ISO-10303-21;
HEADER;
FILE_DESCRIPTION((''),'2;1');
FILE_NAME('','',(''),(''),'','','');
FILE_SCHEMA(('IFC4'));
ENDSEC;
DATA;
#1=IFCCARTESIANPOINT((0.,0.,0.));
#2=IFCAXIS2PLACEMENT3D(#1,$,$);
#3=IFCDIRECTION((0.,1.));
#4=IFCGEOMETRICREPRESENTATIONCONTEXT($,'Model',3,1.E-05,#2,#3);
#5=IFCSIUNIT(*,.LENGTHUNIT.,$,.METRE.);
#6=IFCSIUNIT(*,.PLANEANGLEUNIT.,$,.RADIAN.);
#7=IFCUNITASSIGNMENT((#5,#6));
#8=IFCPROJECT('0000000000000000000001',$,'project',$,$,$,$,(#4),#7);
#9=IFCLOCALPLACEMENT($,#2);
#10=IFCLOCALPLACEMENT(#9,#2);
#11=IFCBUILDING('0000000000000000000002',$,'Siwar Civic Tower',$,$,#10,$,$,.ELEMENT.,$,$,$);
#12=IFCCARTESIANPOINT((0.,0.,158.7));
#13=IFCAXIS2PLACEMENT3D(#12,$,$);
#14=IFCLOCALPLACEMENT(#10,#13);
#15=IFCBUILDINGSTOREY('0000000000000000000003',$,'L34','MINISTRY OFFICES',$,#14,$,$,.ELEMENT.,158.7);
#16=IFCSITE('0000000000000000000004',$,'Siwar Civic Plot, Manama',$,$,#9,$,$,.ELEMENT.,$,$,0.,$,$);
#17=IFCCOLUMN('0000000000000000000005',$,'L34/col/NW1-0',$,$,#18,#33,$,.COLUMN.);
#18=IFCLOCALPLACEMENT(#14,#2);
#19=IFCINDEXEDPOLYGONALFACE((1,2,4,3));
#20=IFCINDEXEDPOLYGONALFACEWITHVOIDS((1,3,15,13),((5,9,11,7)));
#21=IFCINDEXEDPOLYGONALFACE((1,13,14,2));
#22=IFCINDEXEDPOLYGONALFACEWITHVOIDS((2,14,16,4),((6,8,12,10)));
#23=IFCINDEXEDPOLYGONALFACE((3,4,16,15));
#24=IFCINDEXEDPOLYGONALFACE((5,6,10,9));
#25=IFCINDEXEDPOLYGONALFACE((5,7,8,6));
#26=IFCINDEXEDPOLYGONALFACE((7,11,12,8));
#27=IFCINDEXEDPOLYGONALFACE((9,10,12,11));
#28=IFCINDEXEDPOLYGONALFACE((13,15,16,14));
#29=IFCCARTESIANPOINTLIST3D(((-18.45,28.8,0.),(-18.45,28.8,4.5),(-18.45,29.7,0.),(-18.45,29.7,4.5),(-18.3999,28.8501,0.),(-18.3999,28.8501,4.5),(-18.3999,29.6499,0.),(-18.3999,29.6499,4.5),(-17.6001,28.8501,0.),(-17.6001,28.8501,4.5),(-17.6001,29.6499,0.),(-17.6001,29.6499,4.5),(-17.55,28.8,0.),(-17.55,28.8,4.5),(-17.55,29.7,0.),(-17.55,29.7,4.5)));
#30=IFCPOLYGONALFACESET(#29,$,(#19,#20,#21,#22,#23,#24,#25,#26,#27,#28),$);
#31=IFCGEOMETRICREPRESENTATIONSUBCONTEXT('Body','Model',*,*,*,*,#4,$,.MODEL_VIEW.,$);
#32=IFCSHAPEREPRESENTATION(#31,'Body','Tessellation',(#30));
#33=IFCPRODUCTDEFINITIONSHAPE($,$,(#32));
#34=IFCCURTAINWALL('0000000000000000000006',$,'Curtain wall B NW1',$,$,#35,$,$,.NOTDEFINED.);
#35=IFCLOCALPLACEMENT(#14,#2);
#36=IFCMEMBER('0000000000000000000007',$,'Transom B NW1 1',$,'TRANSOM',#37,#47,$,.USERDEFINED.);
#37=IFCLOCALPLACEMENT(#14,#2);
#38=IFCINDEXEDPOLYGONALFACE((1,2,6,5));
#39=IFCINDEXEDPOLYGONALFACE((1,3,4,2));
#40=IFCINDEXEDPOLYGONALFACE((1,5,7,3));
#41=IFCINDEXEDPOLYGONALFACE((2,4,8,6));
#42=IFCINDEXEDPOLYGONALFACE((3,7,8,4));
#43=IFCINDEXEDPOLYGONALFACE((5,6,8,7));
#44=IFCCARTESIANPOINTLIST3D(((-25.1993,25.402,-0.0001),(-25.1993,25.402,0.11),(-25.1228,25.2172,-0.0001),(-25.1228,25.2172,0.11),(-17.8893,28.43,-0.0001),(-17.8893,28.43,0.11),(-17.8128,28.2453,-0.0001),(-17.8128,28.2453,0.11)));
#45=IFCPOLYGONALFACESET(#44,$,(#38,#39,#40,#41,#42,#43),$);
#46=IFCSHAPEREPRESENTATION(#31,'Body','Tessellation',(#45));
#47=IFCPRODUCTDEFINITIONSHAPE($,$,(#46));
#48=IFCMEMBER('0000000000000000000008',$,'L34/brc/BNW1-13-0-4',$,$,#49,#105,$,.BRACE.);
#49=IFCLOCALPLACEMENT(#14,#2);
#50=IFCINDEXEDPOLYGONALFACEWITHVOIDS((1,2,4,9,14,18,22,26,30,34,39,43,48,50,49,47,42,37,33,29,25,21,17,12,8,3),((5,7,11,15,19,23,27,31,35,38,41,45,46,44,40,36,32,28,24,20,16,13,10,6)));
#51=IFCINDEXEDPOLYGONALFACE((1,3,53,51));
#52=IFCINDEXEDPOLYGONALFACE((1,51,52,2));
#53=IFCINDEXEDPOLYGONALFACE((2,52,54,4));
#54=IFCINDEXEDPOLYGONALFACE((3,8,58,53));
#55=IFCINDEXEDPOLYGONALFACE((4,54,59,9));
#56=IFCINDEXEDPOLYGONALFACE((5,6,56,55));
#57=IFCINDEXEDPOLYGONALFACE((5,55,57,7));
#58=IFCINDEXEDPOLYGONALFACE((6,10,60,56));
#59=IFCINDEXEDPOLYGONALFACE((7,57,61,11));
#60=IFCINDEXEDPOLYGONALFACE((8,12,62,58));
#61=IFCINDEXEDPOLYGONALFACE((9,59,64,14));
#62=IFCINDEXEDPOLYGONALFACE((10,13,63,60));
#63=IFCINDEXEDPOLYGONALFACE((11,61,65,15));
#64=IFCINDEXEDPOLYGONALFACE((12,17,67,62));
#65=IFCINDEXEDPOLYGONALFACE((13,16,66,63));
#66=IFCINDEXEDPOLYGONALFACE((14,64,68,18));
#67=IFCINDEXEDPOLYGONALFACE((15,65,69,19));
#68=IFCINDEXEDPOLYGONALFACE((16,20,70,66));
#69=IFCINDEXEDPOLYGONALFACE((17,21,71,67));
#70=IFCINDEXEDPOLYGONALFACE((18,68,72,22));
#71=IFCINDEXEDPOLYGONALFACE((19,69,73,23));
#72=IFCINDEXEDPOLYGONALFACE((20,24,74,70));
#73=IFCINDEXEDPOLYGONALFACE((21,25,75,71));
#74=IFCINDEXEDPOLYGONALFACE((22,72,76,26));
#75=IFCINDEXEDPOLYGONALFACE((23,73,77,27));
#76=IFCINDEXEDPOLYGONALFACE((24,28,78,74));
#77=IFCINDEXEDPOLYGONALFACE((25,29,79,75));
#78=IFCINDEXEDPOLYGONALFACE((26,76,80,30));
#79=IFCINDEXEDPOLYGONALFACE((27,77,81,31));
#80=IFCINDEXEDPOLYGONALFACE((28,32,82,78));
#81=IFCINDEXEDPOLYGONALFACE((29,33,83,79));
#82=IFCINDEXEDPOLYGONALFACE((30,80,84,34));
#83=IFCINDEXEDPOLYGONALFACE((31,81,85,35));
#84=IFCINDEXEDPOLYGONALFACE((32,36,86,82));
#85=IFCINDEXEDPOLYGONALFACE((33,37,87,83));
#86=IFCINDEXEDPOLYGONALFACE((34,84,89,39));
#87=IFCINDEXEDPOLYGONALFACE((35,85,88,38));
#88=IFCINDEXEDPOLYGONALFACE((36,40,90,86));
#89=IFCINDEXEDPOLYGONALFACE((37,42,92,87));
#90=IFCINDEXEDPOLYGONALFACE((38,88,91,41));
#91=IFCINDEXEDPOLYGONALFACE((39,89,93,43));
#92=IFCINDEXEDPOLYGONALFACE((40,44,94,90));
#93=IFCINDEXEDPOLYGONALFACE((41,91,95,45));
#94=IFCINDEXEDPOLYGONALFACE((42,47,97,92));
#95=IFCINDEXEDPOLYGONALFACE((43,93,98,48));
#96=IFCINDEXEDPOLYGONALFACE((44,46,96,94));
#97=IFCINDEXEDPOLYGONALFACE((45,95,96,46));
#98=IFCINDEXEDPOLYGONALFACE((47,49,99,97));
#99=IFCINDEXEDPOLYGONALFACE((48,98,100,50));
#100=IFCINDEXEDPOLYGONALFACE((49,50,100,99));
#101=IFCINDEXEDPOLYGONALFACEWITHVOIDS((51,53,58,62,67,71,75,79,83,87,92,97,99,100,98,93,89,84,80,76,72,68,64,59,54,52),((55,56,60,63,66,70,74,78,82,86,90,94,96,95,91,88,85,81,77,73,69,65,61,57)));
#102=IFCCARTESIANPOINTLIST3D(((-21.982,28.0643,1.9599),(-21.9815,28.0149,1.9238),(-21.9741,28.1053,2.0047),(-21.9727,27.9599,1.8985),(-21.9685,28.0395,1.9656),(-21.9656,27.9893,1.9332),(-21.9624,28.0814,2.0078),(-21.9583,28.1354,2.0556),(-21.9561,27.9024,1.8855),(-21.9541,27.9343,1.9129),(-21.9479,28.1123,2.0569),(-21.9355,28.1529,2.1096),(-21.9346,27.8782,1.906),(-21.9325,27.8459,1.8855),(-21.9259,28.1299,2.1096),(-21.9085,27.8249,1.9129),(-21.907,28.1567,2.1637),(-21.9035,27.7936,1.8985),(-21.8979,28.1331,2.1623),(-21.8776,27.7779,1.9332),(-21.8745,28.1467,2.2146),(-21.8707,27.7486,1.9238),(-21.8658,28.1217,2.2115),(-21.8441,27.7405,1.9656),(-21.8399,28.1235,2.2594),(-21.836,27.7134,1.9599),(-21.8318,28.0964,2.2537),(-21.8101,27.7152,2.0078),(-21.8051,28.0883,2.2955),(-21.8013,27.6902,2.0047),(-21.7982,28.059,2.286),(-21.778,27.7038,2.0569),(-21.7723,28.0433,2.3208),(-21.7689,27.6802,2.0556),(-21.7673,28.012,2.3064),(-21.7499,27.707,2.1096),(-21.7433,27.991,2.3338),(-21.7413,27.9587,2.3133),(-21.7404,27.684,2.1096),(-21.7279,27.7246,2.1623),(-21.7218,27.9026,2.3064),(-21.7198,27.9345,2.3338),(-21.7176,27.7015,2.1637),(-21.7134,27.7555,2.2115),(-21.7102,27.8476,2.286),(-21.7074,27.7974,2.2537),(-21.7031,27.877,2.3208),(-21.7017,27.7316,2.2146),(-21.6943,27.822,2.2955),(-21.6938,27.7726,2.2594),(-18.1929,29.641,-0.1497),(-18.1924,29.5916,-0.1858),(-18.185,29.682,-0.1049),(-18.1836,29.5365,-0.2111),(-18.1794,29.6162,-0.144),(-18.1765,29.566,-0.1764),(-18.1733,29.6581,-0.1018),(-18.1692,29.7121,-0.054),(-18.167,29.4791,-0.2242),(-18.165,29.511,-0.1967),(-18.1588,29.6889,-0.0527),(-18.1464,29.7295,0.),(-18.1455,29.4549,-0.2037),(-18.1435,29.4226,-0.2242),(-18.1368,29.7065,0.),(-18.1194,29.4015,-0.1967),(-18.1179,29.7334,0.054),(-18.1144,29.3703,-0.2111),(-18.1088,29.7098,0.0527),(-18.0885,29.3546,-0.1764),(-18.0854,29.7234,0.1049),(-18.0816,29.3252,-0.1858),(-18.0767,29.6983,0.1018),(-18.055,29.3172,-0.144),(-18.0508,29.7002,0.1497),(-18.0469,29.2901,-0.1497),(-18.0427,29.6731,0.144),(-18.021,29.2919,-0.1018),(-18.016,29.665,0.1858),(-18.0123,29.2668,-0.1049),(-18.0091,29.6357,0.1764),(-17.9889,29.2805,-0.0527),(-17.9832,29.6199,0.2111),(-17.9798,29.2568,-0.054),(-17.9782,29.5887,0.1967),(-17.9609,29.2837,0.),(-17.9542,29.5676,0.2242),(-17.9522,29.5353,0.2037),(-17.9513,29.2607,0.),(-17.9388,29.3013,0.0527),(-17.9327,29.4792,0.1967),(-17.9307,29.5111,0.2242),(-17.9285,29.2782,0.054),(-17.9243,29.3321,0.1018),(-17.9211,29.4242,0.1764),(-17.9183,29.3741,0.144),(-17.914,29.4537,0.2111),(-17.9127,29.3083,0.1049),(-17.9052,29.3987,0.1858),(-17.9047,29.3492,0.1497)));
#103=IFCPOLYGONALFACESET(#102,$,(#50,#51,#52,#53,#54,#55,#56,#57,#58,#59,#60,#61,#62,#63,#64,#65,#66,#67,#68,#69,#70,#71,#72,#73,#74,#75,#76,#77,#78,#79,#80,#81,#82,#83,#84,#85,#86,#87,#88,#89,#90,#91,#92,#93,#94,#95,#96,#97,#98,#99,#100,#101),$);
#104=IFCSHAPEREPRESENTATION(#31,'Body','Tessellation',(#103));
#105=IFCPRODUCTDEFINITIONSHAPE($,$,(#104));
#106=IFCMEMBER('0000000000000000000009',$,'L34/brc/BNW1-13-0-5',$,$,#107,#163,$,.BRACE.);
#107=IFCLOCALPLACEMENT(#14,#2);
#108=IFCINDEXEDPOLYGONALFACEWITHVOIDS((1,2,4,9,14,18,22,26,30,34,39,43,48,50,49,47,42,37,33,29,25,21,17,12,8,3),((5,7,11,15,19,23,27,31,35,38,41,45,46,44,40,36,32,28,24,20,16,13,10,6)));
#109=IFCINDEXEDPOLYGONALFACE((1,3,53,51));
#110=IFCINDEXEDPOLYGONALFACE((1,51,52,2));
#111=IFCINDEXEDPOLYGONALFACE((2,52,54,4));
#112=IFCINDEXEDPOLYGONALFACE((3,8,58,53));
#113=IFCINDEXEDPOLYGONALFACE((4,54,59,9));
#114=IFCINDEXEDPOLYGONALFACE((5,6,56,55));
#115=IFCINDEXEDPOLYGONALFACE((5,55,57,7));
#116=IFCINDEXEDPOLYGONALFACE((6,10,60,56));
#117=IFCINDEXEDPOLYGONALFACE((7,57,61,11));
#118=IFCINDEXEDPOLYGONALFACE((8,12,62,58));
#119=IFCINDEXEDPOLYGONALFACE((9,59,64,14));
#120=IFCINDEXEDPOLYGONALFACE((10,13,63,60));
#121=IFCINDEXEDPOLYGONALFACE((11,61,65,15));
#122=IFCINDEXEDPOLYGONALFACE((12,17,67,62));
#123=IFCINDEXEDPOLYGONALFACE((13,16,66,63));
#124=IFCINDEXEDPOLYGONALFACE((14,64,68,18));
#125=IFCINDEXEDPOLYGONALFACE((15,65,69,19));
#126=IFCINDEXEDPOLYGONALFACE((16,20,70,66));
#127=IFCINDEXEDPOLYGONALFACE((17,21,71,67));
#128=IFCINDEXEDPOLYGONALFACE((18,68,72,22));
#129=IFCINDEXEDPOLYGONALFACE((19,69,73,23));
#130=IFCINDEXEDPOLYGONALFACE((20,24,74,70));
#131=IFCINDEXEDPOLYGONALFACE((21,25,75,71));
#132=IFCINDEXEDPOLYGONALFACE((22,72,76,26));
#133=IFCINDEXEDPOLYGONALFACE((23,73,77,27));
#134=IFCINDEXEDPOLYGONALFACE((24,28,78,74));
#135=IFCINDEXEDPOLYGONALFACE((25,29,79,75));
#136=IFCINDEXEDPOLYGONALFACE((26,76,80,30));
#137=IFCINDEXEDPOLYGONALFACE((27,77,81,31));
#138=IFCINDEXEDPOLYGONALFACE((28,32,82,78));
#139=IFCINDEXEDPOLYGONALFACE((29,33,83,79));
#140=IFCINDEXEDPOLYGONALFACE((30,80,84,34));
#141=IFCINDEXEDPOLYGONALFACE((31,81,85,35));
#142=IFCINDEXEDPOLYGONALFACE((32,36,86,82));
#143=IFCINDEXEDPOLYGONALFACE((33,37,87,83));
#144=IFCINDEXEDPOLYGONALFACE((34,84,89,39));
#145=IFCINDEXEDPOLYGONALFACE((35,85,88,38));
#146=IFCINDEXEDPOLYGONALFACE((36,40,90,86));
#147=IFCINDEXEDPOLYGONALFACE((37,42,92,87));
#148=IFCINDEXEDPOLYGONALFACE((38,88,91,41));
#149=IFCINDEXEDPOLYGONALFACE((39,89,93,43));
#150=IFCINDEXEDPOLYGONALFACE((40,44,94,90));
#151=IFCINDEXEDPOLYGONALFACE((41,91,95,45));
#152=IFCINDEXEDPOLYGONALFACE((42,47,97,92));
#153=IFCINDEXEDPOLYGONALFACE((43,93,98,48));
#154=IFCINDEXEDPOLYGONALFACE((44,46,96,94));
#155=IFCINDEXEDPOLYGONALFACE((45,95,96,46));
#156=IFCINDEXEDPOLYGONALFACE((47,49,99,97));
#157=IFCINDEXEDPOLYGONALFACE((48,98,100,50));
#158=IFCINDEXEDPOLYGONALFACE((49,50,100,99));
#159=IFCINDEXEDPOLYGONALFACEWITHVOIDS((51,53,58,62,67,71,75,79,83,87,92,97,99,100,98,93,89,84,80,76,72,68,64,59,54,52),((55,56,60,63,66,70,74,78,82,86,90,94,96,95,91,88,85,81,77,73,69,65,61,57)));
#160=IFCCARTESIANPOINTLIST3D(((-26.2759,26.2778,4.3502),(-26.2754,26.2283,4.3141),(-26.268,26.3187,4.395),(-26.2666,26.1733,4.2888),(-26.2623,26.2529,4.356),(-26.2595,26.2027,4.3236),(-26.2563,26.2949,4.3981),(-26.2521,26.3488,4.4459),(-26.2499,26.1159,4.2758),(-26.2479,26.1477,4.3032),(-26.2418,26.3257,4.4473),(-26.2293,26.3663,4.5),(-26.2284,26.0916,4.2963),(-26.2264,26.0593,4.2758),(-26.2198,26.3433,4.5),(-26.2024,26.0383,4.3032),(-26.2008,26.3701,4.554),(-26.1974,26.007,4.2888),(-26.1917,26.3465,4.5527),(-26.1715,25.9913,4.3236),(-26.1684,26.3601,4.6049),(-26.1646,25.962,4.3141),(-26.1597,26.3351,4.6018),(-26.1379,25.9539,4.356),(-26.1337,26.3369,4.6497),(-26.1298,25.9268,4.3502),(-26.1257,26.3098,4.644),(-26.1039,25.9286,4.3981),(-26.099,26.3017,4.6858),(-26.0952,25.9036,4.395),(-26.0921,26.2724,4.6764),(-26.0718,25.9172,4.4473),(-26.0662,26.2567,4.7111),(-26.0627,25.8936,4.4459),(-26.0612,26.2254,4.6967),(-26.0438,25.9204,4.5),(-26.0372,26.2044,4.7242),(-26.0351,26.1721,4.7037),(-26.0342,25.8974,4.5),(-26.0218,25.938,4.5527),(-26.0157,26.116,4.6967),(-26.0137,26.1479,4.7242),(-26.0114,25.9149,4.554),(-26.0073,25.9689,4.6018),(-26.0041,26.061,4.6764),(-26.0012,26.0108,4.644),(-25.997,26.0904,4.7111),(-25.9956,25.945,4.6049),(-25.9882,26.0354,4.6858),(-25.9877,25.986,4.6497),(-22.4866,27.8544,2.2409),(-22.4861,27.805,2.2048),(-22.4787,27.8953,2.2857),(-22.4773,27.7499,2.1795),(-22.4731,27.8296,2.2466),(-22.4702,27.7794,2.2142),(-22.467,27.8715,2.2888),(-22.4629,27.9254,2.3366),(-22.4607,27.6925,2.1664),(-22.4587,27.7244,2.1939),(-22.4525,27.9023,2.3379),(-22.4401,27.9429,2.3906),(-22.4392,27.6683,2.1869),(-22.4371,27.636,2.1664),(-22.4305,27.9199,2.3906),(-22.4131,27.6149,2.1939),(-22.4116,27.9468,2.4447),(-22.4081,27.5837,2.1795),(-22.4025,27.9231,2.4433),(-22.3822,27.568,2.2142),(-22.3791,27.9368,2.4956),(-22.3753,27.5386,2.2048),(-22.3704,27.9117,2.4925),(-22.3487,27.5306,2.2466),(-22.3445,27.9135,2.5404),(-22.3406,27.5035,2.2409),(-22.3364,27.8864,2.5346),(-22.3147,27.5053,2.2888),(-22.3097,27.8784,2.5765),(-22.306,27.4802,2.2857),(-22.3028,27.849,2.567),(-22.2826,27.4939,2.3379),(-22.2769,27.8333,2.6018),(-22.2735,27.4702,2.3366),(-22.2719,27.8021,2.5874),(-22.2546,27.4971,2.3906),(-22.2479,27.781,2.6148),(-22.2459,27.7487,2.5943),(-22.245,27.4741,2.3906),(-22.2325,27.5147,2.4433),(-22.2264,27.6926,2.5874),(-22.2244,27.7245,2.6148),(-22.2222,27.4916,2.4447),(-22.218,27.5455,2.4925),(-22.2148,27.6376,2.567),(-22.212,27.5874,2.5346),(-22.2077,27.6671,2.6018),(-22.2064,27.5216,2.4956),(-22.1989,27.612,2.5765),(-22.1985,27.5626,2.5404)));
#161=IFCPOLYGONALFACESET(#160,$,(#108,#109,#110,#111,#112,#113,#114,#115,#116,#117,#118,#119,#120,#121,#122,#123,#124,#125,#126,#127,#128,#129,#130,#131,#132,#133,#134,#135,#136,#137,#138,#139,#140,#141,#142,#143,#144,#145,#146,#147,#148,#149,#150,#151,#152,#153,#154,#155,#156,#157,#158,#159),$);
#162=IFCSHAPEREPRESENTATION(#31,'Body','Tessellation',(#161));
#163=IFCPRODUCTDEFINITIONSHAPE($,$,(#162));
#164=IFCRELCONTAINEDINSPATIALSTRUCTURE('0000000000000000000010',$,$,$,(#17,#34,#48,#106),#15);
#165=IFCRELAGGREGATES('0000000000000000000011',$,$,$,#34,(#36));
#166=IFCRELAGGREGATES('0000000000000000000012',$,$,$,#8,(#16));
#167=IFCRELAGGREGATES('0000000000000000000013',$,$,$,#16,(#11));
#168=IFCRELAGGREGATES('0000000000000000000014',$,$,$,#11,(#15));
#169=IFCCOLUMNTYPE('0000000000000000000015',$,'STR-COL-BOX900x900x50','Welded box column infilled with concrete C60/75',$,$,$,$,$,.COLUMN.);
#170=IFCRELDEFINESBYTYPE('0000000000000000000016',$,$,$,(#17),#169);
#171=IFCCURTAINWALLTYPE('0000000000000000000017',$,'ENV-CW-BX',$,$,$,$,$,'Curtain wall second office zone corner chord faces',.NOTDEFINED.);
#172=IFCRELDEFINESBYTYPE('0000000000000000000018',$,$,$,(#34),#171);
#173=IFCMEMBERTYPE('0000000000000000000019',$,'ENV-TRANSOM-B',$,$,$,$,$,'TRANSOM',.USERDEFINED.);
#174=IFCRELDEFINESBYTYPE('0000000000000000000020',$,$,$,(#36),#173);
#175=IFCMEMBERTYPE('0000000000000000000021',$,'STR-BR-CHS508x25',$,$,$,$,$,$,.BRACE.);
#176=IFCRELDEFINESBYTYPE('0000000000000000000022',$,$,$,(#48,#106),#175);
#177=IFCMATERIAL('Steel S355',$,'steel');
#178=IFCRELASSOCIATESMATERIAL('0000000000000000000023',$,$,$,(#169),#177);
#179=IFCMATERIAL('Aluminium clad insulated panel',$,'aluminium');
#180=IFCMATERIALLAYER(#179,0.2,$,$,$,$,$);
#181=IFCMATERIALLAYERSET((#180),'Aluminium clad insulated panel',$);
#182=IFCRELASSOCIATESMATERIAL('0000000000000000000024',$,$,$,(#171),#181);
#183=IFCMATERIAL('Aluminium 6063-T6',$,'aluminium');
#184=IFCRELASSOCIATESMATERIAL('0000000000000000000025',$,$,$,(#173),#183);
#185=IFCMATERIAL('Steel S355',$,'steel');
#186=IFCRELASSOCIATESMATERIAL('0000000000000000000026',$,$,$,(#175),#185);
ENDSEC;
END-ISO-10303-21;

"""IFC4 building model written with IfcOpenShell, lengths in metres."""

from ifc_helpers import new_model, si_unit, direction, frame, origin, origin_2d, place, context, subcontext, project, spatial, rectangle, hollow_rectangle, hollow_circle, extrude, material, layer, layer_set, material_profile, profile_set, type_object, element, aggregate, save


model = new_model("IFC4")

# Units and contexts
model_context = context("Model", 3, precision=1e-05, world=origin(), true_north=direction((0.0, 1.0)))
body_context = subcontext(model_context, "Body", "Model", "MODEL_VIEW")
ifc_project = project(units=[si_unit("LENGTHUNIT", "METRE"), si_unit("PLANEANGLEUNIT", "RADIAN")], contexts=[model_context])

# Site, building, storey
site_placement = place(None, origin())
site = spatial("IfcSite", under=ifc_project, at=site_placement, Name="Siwar Civic Plot, Manama", CompositionType="ELEMENT", RefElevation=0.0)
building_placement = place(site_placement, origin())
building = spatial("IfcBuilding", under=site, at=building_placement, Name="Siwar Civic Tower", CompositionType="ELEMENT")
storey_placement = place(building_placement, frame((0.0, 0.0, 158.7)))
storey = spatial("IfcBuildingStorey", under=building, at=storey_placement, Name="L34", Description="MINISTRY OFFICES", CompositionType="ELEMENT", Elevation=158.7)

# Column
ifc_material_1 = material(Name="Steel S355", Category="steel")
ifc_material_profile_1 = material_profile(ifc_material_1, hollow_rectangle(XDim=0.8999, YDim=0.8999, WallThickness=0.05, at=origin_2d()), Name="BOX900x900x50")
ifc_profile_set_1 = profile_set([ifc_material_profile_1], Name="Steel S355")
column_type = type_object("IfcColumnType", Name="STR-COL-BOX900x900x50", Description="Welded box column infilled with concrete C60/75", PredefinedType="COLUMN", material=ifc_profile_set_1)
column_placement = place(storey_placement, frame((-18.0, 29.25, 0.0), z_axis=(0.0, 0.0, 1.0), x_axis=(1.0, 0.0, 0.0)))
element("IfcColumn", 1, at=column_placement, inside=storey, type_object=column_type, Name="L34/col/NW1-0", PredefinedType="COLUMN", context=body_context, shape_type="SweptSolid", body=[
    extrude(hollow_rectangle(XDim=0.8999, YDim=0.8999, WallThickness=0.05, at=origin_2d()), origin(), (0.0, 0.0, 1.0), 4.5),
])

# Curtain wall, member
ifc_material_2 = material(Name="Aluminium clad insulated panel", Category="aluminium")
ifc_layer_1 = layer(ifc_material_2, 0.2)
ifc_layer_set_1 = layer_set([ifc_layer_1], Name="Aluminium clad insulated panel")
curtain_wall_type = type_object("IfcCurtainWallType", Name="ENV-CW-BX", ElementType="Curtain wall second office zone corner chord faces", PredefinedType="NOTDEFINED", material=ifc_layer_set_1)
curtain_wall_placement = place(storey_placement, origin())
curtain_wall = element("IfcCurtainWall", 2, at=curtain_wall_placement, inside=storey, type_object=curtain_wall_type, Name="Curtain wall B NW1", PredefinedType="NOTDEFINED")
ifc_material_3 = material(Name="Aluminium 6063-T6", Category="aluminium")
ifc_material_profile_2 = material_profile(ifc_material_3, rectangle(XDim=0.2, YDim=0.1101, at=origin_2d()), Name="AL 200x110")
ifc_profile_set_2 = profile_set([ifc_material_profile_2], Name="Aluminium 6063-T6")
member_type_1 = type_object("IfcMemberType", Name="ENV-TRANSOM-B", ElementType="TRANSOM", PredefinedType="USERDEFINED", material=ifc_profile_set_2)
member_placement = place(storey_placement, frame((-17.8511, 28.3376, 0.0549), z_axis=(-0.923873, -0.3827, 0.0), x_axis=(0.3827, -0.923873, 0.0)))
member = element("IfcMember", 3, at=member_placement, type_object=member_type_1, Name="Transom B NW1 1", ObjectType="TRANSOM", PredefinedType="USERDEFINED", context=body_context, shape_type="SweptSolid", body=[
    extrude(rectangle(XDim=0.2, YDim=0.1101, at=origin_2d()), origin(), (0.0, 0.0, 1.0), 7.9124),
])

# Members
ifc_material_4 = material(Name="Steel S355", Category="steel")
ifc_material_profile_3 = material_profile(ifc_material_4, hollow_circle(Radius=0.2539, WallThickness=0.0249, at=origin_2d()), Name="CHS508x25")
ifc_profile_set_3 = profile_set([ifc_material_profile_3], Name="Steel S355")
member_type_2 = type_object("IfcMemberType", Name="STR-BR-CHS508x25", PredefinedType="BRACE", material=ifc_profile_set_3)
for number, where, z_axis, x_axis, name in (
    (4, (-18.0488, 29.4951, 0.0), (-0.821126, -0.341677, 0.457175), (0.384176, -0.92326, 0.0), "L34/brc/BNW1-13-0-4"),
    (5, (-22.3425, 27.7085, 2.3906), (-0.821163, -0.341671, 0.457113), (0.384155, -0.923269, 0.0), "L34/brc/BNW1-13-0-5"),
):
    element("IfcMember", number, at=place(storey_placement, frame(where, z_axis=z_axis, x_axis=x_axis)), inside=storey, type_object=member_type_2, Name=name, PredefinedType="BRACE", context=body_context, shape_type="SweptSolid", body=[
        extrude(hollow_circle(Radius=0.2539, WallThickness=0.0249, at=origin_2d()), origin(), (0.0, 0.0, 1.0), 4.6145),
    ])

aggregate(curtain_wall, [member])

save(model, "model.ifc")
